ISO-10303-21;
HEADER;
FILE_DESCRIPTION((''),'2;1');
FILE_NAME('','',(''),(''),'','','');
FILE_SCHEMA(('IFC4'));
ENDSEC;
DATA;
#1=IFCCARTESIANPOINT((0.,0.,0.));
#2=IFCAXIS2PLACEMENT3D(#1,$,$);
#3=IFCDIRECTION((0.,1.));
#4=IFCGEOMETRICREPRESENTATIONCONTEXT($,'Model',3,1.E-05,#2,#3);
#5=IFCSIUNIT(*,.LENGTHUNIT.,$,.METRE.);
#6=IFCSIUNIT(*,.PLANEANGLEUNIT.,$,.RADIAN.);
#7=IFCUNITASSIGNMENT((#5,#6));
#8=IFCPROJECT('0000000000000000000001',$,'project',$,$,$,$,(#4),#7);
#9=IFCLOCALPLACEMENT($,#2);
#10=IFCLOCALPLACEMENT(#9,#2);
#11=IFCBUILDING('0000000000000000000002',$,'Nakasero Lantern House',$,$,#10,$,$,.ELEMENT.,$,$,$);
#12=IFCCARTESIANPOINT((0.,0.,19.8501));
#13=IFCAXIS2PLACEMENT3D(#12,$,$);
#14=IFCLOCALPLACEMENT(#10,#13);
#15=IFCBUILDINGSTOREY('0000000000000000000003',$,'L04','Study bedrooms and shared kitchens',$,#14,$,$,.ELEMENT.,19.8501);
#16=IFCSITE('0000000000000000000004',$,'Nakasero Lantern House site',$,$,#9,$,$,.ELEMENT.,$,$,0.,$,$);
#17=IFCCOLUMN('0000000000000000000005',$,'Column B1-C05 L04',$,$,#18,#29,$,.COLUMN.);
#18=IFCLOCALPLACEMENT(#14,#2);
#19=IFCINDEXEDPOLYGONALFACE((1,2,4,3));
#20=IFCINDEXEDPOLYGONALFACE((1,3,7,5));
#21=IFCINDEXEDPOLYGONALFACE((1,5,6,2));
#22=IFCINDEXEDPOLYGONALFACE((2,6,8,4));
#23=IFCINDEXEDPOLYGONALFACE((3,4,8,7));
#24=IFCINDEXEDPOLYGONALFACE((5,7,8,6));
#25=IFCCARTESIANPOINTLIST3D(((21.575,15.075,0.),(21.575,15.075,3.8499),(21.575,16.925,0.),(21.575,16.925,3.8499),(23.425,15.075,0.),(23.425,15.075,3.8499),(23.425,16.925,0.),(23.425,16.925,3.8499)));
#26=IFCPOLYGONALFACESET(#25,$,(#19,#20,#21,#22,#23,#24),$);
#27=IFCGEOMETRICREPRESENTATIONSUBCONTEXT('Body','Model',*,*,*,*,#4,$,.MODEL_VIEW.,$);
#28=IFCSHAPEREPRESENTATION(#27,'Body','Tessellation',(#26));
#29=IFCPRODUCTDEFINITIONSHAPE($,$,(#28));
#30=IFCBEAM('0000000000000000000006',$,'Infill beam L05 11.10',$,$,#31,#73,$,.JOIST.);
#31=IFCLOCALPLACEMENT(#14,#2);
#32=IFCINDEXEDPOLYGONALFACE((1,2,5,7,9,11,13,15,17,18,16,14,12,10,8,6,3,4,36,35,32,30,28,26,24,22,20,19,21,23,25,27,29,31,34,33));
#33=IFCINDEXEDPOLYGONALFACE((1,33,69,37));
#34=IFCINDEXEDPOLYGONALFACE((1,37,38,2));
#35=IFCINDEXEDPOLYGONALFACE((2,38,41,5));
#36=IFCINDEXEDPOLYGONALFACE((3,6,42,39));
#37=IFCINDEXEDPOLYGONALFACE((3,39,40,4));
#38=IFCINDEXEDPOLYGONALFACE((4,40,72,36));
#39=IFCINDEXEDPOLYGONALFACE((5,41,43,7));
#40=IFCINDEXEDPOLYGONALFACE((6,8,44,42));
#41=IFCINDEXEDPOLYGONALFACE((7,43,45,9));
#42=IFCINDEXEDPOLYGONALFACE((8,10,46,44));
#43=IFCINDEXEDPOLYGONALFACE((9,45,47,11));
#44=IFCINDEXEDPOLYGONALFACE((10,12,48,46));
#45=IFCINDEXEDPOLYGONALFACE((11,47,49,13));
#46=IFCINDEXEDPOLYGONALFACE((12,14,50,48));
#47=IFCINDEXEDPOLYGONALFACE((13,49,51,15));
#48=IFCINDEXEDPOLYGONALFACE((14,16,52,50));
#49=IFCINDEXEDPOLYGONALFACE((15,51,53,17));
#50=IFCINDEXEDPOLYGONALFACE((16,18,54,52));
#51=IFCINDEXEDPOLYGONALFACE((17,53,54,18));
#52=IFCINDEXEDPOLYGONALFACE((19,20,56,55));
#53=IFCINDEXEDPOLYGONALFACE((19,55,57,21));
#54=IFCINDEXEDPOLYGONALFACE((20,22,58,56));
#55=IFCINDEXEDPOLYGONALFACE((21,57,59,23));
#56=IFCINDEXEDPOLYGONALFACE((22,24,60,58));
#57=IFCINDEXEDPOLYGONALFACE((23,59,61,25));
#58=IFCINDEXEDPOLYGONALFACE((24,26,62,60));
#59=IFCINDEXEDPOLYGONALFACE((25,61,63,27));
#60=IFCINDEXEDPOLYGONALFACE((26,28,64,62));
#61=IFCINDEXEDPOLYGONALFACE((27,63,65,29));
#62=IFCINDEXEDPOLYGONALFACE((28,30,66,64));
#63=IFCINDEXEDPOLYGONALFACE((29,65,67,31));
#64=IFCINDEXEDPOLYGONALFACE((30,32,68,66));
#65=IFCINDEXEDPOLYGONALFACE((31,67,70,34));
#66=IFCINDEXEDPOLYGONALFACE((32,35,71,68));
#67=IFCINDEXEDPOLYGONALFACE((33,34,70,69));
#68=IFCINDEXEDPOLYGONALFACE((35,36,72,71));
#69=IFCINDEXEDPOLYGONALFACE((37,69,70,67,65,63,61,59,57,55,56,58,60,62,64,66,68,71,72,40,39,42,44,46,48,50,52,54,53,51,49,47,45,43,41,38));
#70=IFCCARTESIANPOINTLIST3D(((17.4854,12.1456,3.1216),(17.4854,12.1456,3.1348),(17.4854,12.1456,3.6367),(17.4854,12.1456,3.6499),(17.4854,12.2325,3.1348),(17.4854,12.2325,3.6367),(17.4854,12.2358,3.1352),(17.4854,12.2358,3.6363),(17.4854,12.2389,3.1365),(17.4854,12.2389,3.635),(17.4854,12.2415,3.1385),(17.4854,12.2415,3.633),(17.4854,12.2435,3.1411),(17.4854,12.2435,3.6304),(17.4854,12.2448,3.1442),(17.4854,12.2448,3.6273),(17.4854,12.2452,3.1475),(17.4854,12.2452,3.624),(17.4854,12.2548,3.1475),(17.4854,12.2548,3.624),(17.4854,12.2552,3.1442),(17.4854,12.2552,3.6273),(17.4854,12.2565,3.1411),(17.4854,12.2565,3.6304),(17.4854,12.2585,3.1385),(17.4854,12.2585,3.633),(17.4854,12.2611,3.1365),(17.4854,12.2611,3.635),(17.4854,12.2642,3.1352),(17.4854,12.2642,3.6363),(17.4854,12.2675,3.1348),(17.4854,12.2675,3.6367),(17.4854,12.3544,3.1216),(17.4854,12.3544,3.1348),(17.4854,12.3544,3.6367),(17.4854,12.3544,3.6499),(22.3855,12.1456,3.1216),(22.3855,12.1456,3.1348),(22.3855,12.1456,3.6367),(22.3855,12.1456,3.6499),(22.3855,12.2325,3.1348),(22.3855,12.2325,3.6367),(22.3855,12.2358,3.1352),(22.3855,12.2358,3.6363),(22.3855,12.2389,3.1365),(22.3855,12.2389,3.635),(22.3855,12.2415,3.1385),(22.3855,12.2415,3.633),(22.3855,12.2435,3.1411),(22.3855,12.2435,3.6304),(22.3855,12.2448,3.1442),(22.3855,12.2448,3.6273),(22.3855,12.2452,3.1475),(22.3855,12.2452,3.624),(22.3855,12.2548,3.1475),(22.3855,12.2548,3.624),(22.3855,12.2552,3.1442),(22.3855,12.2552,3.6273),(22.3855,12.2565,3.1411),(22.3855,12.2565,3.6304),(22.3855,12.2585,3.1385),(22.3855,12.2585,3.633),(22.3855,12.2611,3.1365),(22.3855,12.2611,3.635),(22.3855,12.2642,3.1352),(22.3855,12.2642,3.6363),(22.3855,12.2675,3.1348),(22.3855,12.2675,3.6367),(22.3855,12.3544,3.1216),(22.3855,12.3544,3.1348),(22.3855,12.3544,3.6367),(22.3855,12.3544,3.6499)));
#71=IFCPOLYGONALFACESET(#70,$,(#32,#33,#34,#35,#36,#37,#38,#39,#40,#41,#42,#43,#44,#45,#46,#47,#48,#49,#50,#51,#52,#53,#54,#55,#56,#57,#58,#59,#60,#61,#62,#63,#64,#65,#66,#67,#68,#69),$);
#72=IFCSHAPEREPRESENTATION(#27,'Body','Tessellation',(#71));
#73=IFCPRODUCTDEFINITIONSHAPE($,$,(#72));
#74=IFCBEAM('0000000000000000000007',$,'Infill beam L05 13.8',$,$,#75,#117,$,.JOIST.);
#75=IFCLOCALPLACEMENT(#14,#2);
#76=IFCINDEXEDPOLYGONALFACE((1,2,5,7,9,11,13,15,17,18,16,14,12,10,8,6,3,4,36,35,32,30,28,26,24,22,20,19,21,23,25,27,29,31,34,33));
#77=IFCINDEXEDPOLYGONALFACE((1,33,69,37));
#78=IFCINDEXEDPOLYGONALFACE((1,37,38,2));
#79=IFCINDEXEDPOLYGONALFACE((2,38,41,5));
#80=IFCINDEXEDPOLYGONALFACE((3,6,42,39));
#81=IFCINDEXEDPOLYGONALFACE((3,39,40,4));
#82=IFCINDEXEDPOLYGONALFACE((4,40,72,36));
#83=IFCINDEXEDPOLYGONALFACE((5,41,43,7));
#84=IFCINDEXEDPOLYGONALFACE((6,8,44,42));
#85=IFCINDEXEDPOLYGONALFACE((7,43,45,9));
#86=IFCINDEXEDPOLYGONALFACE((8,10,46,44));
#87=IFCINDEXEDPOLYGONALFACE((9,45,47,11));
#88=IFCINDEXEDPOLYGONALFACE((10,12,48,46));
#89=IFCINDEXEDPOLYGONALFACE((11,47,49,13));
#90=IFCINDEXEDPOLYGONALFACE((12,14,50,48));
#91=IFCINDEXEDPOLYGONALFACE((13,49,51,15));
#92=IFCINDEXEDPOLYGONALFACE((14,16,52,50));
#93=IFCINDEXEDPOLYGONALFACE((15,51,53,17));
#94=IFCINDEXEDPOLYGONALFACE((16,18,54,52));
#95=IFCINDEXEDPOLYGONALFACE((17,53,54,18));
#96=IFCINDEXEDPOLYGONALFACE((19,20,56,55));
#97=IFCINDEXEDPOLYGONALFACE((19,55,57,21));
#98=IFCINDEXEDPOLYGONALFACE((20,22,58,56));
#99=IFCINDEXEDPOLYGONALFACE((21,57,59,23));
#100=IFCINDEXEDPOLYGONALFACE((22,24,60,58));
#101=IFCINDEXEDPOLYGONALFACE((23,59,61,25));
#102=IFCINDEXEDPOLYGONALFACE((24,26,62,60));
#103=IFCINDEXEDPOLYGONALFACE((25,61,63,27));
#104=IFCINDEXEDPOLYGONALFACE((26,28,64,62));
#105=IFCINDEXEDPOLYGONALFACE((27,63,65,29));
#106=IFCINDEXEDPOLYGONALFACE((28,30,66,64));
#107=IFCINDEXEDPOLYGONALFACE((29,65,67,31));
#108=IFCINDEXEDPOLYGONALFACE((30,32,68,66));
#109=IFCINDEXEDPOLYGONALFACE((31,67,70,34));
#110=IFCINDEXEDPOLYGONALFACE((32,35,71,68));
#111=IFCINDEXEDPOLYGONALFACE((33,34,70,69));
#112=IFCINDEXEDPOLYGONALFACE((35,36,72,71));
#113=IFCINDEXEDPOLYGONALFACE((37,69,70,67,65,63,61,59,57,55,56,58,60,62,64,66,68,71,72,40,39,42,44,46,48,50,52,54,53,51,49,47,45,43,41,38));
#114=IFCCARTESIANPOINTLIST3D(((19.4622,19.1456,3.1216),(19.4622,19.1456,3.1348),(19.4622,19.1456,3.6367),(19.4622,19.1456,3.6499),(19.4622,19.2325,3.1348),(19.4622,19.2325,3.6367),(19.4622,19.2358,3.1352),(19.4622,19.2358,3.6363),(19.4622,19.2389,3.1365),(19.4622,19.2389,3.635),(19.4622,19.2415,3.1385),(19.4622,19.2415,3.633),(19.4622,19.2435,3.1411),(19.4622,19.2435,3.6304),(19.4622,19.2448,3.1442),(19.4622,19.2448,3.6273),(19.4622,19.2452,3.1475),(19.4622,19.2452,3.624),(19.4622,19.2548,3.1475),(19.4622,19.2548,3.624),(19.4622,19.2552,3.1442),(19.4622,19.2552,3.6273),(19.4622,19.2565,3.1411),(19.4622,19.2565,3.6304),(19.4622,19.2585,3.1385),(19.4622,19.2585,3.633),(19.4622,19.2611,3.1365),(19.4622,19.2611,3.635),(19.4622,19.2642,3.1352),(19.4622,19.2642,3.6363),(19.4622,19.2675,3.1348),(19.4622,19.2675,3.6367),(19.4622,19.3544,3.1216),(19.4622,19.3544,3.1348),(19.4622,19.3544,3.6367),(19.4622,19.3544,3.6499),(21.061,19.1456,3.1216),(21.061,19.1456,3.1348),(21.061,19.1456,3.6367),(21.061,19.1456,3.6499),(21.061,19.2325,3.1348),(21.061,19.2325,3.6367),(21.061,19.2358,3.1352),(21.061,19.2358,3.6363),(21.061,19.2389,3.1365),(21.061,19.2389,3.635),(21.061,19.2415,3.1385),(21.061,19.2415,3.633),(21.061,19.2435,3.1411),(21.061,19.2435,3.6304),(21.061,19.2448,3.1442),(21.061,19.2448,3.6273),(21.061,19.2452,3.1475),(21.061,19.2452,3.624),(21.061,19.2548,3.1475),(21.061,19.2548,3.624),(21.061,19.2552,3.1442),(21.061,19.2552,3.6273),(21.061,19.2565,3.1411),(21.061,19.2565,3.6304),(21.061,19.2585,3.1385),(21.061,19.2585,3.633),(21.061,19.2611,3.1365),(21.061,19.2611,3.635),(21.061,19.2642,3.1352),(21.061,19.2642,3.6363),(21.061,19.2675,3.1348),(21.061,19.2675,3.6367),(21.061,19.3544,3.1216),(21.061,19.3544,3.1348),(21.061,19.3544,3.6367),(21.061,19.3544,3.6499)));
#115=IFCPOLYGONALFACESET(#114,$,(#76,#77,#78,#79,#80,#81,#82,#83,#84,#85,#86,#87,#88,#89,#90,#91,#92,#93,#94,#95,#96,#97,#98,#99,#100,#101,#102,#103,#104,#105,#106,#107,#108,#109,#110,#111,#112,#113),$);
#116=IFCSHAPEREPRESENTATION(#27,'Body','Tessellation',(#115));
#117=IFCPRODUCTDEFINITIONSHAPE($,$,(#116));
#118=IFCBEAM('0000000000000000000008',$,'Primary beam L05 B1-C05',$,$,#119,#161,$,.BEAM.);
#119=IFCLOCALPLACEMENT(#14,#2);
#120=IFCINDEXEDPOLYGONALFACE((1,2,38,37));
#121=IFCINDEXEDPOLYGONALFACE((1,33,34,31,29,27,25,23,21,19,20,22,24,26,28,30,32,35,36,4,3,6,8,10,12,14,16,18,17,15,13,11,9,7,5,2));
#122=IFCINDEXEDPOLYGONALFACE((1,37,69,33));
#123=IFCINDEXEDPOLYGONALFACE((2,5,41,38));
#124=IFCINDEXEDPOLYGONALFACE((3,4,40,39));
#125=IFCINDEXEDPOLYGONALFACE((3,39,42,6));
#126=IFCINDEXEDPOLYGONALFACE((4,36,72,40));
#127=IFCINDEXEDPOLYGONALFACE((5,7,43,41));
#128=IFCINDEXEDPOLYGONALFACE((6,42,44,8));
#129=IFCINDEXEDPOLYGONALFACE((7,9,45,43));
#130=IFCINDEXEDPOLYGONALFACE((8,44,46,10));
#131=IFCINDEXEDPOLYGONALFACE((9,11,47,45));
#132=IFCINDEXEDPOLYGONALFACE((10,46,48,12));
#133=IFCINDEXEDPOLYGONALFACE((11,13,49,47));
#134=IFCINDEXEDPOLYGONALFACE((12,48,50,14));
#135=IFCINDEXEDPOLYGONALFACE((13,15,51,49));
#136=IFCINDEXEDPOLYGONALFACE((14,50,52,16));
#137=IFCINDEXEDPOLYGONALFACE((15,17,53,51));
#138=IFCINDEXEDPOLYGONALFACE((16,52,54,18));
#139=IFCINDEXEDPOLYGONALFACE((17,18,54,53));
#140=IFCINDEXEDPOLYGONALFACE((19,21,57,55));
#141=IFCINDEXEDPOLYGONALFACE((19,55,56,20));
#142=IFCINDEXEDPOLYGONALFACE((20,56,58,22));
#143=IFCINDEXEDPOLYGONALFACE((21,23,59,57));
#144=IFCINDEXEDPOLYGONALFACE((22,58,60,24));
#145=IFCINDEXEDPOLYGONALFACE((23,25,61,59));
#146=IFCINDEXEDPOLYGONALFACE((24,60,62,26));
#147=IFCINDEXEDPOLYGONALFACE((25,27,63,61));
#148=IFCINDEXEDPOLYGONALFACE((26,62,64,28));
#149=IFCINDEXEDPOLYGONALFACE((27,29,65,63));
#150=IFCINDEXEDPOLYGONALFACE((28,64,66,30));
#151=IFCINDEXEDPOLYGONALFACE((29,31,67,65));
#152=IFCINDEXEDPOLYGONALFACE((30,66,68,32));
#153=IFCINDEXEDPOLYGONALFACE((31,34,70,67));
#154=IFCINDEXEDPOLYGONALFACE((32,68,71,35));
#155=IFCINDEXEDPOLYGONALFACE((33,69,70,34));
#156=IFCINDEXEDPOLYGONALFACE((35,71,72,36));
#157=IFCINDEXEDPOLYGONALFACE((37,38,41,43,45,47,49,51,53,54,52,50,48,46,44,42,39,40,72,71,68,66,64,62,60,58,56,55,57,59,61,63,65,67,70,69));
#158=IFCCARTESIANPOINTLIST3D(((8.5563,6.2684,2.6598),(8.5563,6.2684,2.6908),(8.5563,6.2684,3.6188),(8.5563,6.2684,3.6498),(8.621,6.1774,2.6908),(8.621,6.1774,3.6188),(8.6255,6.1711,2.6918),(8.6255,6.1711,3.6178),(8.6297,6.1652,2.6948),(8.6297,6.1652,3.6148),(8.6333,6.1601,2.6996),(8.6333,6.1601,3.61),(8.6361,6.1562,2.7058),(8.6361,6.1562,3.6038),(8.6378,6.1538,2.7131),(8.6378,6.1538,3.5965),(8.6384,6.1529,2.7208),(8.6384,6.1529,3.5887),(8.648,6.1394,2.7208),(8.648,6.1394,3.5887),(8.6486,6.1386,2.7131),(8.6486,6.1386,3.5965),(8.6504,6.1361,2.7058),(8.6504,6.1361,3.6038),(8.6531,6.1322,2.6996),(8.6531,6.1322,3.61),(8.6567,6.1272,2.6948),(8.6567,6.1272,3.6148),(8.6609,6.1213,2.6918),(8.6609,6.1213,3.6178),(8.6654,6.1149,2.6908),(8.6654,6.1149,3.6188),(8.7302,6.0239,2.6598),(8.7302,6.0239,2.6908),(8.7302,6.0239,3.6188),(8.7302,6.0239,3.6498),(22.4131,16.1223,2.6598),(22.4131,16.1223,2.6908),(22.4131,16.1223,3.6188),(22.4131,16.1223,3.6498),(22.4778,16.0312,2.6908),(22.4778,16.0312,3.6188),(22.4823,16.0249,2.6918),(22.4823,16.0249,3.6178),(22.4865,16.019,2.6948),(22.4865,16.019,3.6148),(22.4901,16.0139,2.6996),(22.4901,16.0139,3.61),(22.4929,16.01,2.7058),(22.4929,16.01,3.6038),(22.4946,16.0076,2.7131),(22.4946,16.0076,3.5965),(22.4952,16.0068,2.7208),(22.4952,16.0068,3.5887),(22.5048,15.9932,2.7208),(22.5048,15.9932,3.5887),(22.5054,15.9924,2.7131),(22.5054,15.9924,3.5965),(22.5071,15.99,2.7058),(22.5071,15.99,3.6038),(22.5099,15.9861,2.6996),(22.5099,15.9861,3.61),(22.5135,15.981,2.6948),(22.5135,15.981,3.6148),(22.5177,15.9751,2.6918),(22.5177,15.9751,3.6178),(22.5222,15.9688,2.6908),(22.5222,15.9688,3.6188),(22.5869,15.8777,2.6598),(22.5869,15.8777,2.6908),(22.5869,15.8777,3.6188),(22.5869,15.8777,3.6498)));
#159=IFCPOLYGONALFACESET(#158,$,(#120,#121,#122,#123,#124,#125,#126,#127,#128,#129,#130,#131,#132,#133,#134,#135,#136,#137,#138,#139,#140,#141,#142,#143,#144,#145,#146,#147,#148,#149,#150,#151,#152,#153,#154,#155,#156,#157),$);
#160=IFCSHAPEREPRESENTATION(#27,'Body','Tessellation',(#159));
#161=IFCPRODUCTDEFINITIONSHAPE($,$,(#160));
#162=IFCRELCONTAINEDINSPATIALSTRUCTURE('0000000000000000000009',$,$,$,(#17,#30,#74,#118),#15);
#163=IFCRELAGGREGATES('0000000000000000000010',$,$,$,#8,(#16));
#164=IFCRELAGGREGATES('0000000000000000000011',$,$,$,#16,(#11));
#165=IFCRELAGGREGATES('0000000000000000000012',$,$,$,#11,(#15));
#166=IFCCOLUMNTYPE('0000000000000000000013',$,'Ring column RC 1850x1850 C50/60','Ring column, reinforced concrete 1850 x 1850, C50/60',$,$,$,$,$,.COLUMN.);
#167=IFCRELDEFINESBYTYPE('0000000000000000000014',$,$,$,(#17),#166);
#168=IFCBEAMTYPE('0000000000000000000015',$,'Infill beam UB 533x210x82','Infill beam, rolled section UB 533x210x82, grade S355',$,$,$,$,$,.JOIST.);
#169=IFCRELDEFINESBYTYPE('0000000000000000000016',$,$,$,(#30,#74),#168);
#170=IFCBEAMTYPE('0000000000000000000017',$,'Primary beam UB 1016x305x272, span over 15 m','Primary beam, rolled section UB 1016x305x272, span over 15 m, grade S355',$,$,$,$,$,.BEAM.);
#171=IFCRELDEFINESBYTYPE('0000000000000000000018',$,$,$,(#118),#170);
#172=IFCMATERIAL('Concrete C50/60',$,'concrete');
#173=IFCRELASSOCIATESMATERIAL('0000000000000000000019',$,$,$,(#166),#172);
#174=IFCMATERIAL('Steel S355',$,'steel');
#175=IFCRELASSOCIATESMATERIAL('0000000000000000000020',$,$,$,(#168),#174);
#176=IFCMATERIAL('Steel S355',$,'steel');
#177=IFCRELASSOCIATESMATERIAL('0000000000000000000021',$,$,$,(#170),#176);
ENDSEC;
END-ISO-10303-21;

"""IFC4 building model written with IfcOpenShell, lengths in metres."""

from ifc_helpers import new_model, si_unit, direction, frame, origin, origin_2d, place, context, subcontext, project, spatial, rectangle, i_section, extrude, material, material_profile, profile_set, type_object, element, save


model = new_model("IFC4")

# Units and contexts
model_context = context("Model", 3, precision=1e-05, world=origin(), true_north=direction((0.0, 1.0)))
body_context = subcontext(model_context, "Body", "Model", "MODEL_VIEW")
ifc_project = project(units=[si_unit("LENGTHUNIT", "METRE"), si_unit("PLANEANGLEUNIT", "RADIAN")], contexts=[model_context])

# Site, building, storey
site_placement = place(None, origin())
site = spatial("IfcSite", under=ifc_project, at=site_placement, Name="Nakasero Lantern House site", CompositionType="ELEMENT", RefElevation=0.0)
building_placement = place(site_placement, origin())
building = spatial("IfcBuilding", under=site, at=building_placement, Name="Nakasero Lantern House", CompositionType="ELEMENT")
storey_placement = place(building_placement, frame((0.0, 0.0, 19.8501)))
storey = spatial("IfcBuildingStorey", under=building, at=storey_placement, Name="L04", Description="Study bedrooms and shared kitchens", CompositionType="ELEMENT", Elevation=19.8501)

# Column
ifc_material_1 = material(Name="Concrete C50/60", Category="concrete")
ifc_material_profile_1 = material_profile(ifc_material_1, rectangle(XDim=1.8501, YDim=1.8501, at=origin_2d()), Name="RC 1850x1850")
ifc_profile_set_1 = profile_set([ifc_material_profile_1], Name="Concrete C50/60")
column_type = type_object("IfcColumnType", Name="Ring column RC 1850x1850 C50/60", Description="Ring column, reinforced concrete 1850 x 1850, C50/60", PredefinedType="COLUMN", material=ifc_profile_set_1)
column_placement = place(storey_placement, frame((22.5, 16.0, 0.0), z_axis=(0.0, 0.0, 1.0), x_axis=(1.0, 0.0, 0.0)))
element("IfcColumn", 1, at=column_placement, inside=storey, type_object=column_type, Name="Column B1-C05 L04", PredefinedType="COLUMN", context=body_context, shape_type="SweptSolid", body=[
    extrude(rectangle(XDim=1.8501, YDim=1.8501, at=origin_2d()), origin(), (0.0, 0.0, 1.0), 3.8499),
])

# Beams
ifc_material_2 = material(Name="Steel S355", Category="steel")
ifc_material_profile_2 = material_profile(ifc_material_2, i_section(OverallWidth=0.2087, OverallDepth=0.5283, WebThickness=0.0095, FlangeThickness=0.0132, FilletRadius=0.0127, at=origin_2d()), Name="UB 533x210x82")
ifc_profile_set_2 = profile_set([ifc_material_profile_2], Name="Steel S355")
beam_type_1 = type_object("IfcBeamType", Name="Infill beam UB 533x210x82", Description="Infill beam, rolled section UB 533x210x82, grade S355", PredefinedType="JOIST", material=ifc_profile_set_2)
beam_1_placement = place(storey_placement, frame((17.4854, 12.25, 3.3857), z_axis=(1.0, 0.0, 0.0), x_axis=(0.0, 1.0, 0.0)))
element("IfcBeam", 2, at=beam_1_placement, inside=storey, type_object=beam_type_1, Name="Infill beam L05 11.10", PredefinedType="JOIST", context=body_context, shape_type="SweptSolid", body=[
    extrude(i_section(OverallWidth=0.2087, OverallDepth=0.5283, WebThickness=0.0095, FlangeThickness=0.0132, FilletRadius=0.0127, at=origin_2d()), origin(), (0.0, 0.0, 1.0), 4.9001),
])
beam_2_placement = place(storey_placement, frame((19.4622, 19.25, 3.3857), z_axis=(1.0, 0.0, 0.0), x_axis=(0.0, 1.0, 0.0)))
element("IfcBeam", 3, at=beam_2_placement, inside=storey, type_object=beam_type_1, Name="Infill beam L05 13.8", PredefinedType="JOIST", context=body_context, shape_type="SweptSolid", body=[
    extrude(i_section(OverallWidth=0.2087, OverallDepth=0.5283, WebThickness=0.0095, FlangeThickness=0.0132, FilletRadius=0.0127, at=origin_2d()), origin(), (0.0, 0.0, 1.0), 1.5989),
])
ifc_material_3 = material(Name="Steel S355", Category="steel")
ifc_material_profile_3 = material_profile(ifc_material_3, i_section(OverallWidth=0.3, OverallDepth=0.99, WebThickness=0.0166, FlangeThickness=0.031, FilletRadius=0.03, at=origin_2d()), Name="UB 1016x305x272")
ifc_profile_set_3 = profile_set([ifc_material_profile_3], Name="Steel S355")
beam_type_2 = type_object("IfcBeamType", Name="Primary beam UB 1016x305x272, span over 15 m", Description="Primary beam, rolled section UB 1016x305x272, span over 15 m, grade S355", PredefinedType="BEAM", material=ifc_profile_set_3)
beam_3_placement = place(storey_placement, frame((22.5, 16.0, 3.1548), z_axis=(-0.814952, -0.579528, 0.0), x_axis=(0.579528, -0.814952, 0.0)))
element("IfcBeam", 4, at=beam_3_placement, inside=storey, type_object=beam_type_2, Name="Primary beam L05 B1-C05", PredefinedType="BEAM", context=body_context, shape_type="SweptSolid", body=[
    extrude(i_section(OverallWidth=0.3, OverallDepth=0.99, WebThickness=0.0166, FlangeThickness=0.031, FilletRadius=0.03, at=origin_2d()), origin(), (0.0, 0.0, 1.0), 17.0032),
])

save(model, "model.ifc")
